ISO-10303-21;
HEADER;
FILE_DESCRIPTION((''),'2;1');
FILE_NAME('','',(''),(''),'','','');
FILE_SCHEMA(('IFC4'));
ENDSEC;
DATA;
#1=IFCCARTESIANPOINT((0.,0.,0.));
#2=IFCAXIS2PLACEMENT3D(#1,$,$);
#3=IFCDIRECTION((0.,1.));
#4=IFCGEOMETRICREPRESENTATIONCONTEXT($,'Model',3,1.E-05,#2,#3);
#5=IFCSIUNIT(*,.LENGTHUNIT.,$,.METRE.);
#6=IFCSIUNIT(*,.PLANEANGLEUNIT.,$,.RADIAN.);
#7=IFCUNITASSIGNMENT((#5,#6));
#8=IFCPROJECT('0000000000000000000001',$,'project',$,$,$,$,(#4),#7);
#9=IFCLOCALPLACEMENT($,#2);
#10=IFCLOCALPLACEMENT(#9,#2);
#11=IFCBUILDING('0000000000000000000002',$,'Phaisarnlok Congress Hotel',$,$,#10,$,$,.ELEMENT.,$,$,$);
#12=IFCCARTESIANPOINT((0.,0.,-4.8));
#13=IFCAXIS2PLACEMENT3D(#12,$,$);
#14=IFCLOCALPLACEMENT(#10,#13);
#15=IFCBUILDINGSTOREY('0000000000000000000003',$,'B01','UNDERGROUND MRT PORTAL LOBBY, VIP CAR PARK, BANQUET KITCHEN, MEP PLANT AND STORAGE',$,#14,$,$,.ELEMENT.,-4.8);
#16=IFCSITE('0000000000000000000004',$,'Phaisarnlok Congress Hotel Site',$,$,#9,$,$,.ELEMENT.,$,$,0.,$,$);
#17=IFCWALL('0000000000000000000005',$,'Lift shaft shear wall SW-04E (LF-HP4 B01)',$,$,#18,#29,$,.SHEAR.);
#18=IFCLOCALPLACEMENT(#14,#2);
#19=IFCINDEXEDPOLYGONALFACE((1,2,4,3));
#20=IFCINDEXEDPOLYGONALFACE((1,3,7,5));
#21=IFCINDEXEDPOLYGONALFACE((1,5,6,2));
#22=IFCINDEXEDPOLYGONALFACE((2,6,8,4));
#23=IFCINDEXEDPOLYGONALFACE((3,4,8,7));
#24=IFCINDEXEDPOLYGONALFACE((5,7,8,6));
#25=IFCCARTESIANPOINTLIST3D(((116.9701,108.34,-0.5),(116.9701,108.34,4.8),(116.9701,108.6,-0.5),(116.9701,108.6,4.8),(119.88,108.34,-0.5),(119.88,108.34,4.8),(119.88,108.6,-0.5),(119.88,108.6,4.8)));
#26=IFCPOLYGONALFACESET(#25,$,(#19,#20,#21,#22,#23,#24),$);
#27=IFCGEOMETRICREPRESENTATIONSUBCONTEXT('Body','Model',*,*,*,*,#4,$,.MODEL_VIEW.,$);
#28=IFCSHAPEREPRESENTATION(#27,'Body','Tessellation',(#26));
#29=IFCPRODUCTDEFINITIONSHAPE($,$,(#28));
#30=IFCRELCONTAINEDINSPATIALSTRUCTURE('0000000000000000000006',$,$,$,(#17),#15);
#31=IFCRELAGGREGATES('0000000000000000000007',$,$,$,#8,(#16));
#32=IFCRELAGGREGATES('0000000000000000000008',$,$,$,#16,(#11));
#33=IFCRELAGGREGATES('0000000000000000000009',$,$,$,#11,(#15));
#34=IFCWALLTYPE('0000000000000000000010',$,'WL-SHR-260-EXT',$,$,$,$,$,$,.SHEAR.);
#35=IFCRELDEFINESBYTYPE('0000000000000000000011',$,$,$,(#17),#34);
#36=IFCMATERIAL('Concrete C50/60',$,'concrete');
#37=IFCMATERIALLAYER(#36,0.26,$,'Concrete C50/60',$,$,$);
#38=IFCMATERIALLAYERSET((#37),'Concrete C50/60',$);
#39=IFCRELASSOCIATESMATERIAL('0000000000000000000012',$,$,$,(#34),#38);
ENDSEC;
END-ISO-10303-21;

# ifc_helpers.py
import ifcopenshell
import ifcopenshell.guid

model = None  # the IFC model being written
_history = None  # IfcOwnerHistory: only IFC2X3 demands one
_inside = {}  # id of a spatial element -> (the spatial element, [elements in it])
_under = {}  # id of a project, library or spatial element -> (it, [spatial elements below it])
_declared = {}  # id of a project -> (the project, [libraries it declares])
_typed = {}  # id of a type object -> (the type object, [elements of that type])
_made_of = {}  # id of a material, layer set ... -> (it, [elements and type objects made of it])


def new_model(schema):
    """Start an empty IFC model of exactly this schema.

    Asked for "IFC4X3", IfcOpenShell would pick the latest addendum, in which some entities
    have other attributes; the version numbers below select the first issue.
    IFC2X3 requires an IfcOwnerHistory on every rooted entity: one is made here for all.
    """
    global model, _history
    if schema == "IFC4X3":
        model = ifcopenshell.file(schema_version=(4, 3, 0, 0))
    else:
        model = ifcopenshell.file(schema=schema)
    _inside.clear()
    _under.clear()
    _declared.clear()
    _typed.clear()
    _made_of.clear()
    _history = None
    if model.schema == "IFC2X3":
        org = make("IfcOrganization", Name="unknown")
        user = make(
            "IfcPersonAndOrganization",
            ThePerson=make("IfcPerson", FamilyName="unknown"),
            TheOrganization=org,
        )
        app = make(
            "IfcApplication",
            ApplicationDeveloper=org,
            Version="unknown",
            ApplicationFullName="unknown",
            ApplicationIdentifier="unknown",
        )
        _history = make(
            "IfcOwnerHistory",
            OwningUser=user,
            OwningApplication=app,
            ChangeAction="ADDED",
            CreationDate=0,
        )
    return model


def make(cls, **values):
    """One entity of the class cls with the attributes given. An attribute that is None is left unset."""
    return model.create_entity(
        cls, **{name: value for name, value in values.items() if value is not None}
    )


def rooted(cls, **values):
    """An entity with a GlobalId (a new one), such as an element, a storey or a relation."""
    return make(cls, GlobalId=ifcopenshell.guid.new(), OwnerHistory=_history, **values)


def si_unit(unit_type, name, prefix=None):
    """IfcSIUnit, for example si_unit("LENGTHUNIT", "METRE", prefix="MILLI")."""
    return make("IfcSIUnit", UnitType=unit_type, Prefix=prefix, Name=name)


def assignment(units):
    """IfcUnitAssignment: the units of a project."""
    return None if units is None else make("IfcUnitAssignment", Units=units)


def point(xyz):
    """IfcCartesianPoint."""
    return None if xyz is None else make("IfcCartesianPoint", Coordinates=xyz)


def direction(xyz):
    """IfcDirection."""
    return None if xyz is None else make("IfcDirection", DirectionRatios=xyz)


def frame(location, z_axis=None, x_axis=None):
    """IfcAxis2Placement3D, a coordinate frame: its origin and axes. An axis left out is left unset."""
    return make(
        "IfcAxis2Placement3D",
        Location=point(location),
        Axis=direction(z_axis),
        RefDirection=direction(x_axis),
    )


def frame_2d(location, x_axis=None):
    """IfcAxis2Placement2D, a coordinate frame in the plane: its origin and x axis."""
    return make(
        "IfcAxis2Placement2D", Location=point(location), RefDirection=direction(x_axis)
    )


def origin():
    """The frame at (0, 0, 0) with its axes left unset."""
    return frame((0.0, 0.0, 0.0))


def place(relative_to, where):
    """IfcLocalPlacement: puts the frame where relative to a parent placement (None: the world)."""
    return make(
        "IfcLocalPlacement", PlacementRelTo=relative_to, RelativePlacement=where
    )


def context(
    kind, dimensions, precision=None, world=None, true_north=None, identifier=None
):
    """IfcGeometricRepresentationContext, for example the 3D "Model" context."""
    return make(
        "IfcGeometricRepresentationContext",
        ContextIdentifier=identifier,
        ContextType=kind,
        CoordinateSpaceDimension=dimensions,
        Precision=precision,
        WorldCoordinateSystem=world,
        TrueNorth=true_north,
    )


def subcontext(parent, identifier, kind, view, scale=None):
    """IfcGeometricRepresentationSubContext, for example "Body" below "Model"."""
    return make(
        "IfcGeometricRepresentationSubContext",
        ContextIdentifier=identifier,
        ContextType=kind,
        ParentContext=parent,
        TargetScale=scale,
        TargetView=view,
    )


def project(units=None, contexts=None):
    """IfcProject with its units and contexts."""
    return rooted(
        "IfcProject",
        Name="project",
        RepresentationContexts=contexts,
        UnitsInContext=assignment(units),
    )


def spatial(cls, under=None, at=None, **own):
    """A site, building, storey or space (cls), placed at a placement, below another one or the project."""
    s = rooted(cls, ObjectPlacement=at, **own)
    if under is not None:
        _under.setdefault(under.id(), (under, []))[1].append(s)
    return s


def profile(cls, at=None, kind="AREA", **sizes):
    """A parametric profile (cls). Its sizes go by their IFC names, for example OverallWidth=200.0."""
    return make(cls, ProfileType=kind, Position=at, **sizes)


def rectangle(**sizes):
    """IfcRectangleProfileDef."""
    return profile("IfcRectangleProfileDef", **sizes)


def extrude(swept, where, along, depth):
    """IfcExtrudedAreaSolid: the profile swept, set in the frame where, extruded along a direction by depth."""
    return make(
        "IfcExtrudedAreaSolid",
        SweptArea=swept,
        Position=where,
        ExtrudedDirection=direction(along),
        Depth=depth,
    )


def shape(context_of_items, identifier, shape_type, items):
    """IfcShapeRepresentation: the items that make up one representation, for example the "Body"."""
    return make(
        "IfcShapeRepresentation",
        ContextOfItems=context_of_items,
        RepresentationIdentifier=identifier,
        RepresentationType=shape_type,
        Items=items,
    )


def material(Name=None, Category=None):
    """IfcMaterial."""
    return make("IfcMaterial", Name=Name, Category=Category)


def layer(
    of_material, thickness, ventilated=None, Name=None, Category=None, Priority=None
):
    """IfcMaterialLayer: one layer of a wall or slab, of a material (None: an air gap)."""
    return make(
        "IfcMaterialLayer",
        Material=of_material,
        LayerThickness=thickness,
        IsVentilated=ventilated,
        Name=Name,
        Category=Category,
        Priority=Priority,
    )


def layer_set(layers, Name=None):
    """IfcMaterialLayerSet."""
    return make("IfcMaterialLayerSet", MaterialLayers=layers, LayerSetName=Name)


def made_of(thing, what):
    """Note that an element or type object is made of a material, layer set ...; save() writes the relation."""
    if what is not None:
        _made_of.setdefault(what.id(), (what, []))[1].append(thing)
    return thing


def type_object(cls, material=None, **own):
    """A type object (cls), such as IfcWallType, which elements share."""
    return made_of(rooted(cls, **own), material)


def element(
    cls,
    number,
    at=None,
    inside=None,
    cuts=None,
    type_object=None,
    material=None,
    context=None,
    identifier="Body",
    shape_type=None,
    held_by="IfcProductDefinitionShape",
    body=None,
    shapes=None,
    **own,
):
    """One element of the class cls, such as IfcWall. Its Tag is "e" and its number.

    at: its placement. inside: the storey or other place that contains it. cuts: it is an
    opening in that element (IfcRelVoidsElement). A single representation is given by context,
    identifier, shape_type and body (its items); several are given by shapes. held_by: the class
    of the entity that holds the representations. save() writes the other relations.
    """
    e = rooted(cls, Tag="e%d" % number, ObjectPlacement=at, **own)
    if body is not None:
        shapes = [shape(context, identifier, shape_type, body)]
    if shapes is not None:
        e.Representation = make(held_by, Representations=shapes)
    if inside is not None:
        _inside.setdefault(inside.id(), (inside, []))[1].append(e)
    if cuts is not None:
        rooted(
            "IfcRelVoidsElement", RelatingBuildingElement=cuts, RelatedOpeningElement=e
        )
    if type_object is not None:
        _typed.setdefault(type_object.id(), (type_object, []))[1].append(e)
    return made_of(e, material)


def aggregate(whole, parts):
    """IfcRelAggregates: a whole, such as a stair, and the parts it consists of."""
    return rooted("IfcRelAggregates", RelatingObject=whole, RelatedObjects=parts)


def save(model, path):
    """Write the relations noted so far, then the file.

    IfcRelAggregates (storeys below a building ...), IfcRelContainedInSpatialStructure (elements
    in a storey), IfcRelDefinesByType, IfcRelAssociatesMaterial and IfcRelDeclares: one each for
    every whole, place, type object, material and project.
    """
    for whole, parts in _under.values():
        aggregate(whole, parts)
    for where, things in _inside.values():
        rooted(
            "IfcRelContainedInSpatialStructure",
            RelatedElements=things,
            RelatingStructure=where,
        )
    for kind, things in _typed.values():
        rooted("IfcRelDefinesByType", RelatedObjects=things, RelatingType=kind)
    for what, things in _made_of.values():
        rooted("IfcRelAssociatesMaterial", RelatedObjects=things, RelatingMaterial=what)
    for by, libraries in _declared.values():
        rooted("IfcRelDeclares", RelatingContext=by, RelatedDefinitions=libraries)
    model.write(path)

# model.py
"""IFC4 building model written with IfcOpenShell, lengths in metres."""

from ifc_helpers import new_model, si_unit, direction, frame, frame_2d, origin, place, context, subcontext, project, spatial, rectangle, extrude, material, layer, layer_set, type_object, element, save


model = new_model("IFC4")

# Units and contexts
model_context = context("Model", 3, precision=1e-05, world=origin(), true_north=direction((0.0, 1.0)))
body_context = subcontext(model_context, "Body", "Model", "MODEL_VIEW")
ifc_project = project(units=[si_unit("LENGTHUNIT", "METRE"), si_unit("PLANEANGLEUNIT", "RADIAN")], contexts=[model_context])

# Site, building, storey
site_placement = place(None, origin())
site = spatial("IfcSite", under=ifc_project, at=site_placement, Name="Phaisarnlok Congress Hotel Site", CompositionType="ELEMENT", RefElevation=0.0)
building_placement = place(site_placement, origin())
building = spatial("IfcBuilding", under=site, at=building_placement, Name="Phaisarnlok Congress Hotel", CompositionType="ELEMENT")
storey_placement = place(building_placement, frame((0.0, 0.0, -4.8)))
storey = spatial("IfcBuildingStorey", under=building, at=storey_placement, Name="B01", Description="UNDERGROUND MRT PORTAL LOBBY, VIP CAR PARK, BANQUET KITCHEN, MEP PLANT AND STORAGE", CompositionType="ELEMENT", Elevation=-4.8)

# Shared definitions
ifc_material_1 = material(Name="Concrete C50/60", Category="concrete")

# Wall
ifc_layer_1 = layer(ifc_material_1, 0.26, Name="Concrete C50/60")
ifc_layer_set_1 = layer_set([ifc_layer_1], Name="Concrete C50/60")
wall_type_1 = type_object("IfcWallType", Name="WL-SHR-260-EXT", PredefinedType="SHEAR", material=ifc_layer_set_1)
wall_1_placement = place(storey_placement, frame((116.97, 108.47, -0.5), z_axis=(0.0, 0.0, 1.0), x_axis=(1.0, 0.0, 0.0)))
element("IfcWall", 1, at=wall_1_placement, inside=storey, type_object=wall_type_1, Name="Lift shaft shear wall SW-04E (LF-HP4 B01)", PredefinedType="SHEAR", context=body_context, shape_type="SweptSolid", body=[
    extrude(rectangle(XDim=2.9099, YDim=0.26, at=frame_2d((1.4551, 0.0))), origin(), (0.0, 0.0, 1.0), 5.3),
])

save(model, "model.ifc")
